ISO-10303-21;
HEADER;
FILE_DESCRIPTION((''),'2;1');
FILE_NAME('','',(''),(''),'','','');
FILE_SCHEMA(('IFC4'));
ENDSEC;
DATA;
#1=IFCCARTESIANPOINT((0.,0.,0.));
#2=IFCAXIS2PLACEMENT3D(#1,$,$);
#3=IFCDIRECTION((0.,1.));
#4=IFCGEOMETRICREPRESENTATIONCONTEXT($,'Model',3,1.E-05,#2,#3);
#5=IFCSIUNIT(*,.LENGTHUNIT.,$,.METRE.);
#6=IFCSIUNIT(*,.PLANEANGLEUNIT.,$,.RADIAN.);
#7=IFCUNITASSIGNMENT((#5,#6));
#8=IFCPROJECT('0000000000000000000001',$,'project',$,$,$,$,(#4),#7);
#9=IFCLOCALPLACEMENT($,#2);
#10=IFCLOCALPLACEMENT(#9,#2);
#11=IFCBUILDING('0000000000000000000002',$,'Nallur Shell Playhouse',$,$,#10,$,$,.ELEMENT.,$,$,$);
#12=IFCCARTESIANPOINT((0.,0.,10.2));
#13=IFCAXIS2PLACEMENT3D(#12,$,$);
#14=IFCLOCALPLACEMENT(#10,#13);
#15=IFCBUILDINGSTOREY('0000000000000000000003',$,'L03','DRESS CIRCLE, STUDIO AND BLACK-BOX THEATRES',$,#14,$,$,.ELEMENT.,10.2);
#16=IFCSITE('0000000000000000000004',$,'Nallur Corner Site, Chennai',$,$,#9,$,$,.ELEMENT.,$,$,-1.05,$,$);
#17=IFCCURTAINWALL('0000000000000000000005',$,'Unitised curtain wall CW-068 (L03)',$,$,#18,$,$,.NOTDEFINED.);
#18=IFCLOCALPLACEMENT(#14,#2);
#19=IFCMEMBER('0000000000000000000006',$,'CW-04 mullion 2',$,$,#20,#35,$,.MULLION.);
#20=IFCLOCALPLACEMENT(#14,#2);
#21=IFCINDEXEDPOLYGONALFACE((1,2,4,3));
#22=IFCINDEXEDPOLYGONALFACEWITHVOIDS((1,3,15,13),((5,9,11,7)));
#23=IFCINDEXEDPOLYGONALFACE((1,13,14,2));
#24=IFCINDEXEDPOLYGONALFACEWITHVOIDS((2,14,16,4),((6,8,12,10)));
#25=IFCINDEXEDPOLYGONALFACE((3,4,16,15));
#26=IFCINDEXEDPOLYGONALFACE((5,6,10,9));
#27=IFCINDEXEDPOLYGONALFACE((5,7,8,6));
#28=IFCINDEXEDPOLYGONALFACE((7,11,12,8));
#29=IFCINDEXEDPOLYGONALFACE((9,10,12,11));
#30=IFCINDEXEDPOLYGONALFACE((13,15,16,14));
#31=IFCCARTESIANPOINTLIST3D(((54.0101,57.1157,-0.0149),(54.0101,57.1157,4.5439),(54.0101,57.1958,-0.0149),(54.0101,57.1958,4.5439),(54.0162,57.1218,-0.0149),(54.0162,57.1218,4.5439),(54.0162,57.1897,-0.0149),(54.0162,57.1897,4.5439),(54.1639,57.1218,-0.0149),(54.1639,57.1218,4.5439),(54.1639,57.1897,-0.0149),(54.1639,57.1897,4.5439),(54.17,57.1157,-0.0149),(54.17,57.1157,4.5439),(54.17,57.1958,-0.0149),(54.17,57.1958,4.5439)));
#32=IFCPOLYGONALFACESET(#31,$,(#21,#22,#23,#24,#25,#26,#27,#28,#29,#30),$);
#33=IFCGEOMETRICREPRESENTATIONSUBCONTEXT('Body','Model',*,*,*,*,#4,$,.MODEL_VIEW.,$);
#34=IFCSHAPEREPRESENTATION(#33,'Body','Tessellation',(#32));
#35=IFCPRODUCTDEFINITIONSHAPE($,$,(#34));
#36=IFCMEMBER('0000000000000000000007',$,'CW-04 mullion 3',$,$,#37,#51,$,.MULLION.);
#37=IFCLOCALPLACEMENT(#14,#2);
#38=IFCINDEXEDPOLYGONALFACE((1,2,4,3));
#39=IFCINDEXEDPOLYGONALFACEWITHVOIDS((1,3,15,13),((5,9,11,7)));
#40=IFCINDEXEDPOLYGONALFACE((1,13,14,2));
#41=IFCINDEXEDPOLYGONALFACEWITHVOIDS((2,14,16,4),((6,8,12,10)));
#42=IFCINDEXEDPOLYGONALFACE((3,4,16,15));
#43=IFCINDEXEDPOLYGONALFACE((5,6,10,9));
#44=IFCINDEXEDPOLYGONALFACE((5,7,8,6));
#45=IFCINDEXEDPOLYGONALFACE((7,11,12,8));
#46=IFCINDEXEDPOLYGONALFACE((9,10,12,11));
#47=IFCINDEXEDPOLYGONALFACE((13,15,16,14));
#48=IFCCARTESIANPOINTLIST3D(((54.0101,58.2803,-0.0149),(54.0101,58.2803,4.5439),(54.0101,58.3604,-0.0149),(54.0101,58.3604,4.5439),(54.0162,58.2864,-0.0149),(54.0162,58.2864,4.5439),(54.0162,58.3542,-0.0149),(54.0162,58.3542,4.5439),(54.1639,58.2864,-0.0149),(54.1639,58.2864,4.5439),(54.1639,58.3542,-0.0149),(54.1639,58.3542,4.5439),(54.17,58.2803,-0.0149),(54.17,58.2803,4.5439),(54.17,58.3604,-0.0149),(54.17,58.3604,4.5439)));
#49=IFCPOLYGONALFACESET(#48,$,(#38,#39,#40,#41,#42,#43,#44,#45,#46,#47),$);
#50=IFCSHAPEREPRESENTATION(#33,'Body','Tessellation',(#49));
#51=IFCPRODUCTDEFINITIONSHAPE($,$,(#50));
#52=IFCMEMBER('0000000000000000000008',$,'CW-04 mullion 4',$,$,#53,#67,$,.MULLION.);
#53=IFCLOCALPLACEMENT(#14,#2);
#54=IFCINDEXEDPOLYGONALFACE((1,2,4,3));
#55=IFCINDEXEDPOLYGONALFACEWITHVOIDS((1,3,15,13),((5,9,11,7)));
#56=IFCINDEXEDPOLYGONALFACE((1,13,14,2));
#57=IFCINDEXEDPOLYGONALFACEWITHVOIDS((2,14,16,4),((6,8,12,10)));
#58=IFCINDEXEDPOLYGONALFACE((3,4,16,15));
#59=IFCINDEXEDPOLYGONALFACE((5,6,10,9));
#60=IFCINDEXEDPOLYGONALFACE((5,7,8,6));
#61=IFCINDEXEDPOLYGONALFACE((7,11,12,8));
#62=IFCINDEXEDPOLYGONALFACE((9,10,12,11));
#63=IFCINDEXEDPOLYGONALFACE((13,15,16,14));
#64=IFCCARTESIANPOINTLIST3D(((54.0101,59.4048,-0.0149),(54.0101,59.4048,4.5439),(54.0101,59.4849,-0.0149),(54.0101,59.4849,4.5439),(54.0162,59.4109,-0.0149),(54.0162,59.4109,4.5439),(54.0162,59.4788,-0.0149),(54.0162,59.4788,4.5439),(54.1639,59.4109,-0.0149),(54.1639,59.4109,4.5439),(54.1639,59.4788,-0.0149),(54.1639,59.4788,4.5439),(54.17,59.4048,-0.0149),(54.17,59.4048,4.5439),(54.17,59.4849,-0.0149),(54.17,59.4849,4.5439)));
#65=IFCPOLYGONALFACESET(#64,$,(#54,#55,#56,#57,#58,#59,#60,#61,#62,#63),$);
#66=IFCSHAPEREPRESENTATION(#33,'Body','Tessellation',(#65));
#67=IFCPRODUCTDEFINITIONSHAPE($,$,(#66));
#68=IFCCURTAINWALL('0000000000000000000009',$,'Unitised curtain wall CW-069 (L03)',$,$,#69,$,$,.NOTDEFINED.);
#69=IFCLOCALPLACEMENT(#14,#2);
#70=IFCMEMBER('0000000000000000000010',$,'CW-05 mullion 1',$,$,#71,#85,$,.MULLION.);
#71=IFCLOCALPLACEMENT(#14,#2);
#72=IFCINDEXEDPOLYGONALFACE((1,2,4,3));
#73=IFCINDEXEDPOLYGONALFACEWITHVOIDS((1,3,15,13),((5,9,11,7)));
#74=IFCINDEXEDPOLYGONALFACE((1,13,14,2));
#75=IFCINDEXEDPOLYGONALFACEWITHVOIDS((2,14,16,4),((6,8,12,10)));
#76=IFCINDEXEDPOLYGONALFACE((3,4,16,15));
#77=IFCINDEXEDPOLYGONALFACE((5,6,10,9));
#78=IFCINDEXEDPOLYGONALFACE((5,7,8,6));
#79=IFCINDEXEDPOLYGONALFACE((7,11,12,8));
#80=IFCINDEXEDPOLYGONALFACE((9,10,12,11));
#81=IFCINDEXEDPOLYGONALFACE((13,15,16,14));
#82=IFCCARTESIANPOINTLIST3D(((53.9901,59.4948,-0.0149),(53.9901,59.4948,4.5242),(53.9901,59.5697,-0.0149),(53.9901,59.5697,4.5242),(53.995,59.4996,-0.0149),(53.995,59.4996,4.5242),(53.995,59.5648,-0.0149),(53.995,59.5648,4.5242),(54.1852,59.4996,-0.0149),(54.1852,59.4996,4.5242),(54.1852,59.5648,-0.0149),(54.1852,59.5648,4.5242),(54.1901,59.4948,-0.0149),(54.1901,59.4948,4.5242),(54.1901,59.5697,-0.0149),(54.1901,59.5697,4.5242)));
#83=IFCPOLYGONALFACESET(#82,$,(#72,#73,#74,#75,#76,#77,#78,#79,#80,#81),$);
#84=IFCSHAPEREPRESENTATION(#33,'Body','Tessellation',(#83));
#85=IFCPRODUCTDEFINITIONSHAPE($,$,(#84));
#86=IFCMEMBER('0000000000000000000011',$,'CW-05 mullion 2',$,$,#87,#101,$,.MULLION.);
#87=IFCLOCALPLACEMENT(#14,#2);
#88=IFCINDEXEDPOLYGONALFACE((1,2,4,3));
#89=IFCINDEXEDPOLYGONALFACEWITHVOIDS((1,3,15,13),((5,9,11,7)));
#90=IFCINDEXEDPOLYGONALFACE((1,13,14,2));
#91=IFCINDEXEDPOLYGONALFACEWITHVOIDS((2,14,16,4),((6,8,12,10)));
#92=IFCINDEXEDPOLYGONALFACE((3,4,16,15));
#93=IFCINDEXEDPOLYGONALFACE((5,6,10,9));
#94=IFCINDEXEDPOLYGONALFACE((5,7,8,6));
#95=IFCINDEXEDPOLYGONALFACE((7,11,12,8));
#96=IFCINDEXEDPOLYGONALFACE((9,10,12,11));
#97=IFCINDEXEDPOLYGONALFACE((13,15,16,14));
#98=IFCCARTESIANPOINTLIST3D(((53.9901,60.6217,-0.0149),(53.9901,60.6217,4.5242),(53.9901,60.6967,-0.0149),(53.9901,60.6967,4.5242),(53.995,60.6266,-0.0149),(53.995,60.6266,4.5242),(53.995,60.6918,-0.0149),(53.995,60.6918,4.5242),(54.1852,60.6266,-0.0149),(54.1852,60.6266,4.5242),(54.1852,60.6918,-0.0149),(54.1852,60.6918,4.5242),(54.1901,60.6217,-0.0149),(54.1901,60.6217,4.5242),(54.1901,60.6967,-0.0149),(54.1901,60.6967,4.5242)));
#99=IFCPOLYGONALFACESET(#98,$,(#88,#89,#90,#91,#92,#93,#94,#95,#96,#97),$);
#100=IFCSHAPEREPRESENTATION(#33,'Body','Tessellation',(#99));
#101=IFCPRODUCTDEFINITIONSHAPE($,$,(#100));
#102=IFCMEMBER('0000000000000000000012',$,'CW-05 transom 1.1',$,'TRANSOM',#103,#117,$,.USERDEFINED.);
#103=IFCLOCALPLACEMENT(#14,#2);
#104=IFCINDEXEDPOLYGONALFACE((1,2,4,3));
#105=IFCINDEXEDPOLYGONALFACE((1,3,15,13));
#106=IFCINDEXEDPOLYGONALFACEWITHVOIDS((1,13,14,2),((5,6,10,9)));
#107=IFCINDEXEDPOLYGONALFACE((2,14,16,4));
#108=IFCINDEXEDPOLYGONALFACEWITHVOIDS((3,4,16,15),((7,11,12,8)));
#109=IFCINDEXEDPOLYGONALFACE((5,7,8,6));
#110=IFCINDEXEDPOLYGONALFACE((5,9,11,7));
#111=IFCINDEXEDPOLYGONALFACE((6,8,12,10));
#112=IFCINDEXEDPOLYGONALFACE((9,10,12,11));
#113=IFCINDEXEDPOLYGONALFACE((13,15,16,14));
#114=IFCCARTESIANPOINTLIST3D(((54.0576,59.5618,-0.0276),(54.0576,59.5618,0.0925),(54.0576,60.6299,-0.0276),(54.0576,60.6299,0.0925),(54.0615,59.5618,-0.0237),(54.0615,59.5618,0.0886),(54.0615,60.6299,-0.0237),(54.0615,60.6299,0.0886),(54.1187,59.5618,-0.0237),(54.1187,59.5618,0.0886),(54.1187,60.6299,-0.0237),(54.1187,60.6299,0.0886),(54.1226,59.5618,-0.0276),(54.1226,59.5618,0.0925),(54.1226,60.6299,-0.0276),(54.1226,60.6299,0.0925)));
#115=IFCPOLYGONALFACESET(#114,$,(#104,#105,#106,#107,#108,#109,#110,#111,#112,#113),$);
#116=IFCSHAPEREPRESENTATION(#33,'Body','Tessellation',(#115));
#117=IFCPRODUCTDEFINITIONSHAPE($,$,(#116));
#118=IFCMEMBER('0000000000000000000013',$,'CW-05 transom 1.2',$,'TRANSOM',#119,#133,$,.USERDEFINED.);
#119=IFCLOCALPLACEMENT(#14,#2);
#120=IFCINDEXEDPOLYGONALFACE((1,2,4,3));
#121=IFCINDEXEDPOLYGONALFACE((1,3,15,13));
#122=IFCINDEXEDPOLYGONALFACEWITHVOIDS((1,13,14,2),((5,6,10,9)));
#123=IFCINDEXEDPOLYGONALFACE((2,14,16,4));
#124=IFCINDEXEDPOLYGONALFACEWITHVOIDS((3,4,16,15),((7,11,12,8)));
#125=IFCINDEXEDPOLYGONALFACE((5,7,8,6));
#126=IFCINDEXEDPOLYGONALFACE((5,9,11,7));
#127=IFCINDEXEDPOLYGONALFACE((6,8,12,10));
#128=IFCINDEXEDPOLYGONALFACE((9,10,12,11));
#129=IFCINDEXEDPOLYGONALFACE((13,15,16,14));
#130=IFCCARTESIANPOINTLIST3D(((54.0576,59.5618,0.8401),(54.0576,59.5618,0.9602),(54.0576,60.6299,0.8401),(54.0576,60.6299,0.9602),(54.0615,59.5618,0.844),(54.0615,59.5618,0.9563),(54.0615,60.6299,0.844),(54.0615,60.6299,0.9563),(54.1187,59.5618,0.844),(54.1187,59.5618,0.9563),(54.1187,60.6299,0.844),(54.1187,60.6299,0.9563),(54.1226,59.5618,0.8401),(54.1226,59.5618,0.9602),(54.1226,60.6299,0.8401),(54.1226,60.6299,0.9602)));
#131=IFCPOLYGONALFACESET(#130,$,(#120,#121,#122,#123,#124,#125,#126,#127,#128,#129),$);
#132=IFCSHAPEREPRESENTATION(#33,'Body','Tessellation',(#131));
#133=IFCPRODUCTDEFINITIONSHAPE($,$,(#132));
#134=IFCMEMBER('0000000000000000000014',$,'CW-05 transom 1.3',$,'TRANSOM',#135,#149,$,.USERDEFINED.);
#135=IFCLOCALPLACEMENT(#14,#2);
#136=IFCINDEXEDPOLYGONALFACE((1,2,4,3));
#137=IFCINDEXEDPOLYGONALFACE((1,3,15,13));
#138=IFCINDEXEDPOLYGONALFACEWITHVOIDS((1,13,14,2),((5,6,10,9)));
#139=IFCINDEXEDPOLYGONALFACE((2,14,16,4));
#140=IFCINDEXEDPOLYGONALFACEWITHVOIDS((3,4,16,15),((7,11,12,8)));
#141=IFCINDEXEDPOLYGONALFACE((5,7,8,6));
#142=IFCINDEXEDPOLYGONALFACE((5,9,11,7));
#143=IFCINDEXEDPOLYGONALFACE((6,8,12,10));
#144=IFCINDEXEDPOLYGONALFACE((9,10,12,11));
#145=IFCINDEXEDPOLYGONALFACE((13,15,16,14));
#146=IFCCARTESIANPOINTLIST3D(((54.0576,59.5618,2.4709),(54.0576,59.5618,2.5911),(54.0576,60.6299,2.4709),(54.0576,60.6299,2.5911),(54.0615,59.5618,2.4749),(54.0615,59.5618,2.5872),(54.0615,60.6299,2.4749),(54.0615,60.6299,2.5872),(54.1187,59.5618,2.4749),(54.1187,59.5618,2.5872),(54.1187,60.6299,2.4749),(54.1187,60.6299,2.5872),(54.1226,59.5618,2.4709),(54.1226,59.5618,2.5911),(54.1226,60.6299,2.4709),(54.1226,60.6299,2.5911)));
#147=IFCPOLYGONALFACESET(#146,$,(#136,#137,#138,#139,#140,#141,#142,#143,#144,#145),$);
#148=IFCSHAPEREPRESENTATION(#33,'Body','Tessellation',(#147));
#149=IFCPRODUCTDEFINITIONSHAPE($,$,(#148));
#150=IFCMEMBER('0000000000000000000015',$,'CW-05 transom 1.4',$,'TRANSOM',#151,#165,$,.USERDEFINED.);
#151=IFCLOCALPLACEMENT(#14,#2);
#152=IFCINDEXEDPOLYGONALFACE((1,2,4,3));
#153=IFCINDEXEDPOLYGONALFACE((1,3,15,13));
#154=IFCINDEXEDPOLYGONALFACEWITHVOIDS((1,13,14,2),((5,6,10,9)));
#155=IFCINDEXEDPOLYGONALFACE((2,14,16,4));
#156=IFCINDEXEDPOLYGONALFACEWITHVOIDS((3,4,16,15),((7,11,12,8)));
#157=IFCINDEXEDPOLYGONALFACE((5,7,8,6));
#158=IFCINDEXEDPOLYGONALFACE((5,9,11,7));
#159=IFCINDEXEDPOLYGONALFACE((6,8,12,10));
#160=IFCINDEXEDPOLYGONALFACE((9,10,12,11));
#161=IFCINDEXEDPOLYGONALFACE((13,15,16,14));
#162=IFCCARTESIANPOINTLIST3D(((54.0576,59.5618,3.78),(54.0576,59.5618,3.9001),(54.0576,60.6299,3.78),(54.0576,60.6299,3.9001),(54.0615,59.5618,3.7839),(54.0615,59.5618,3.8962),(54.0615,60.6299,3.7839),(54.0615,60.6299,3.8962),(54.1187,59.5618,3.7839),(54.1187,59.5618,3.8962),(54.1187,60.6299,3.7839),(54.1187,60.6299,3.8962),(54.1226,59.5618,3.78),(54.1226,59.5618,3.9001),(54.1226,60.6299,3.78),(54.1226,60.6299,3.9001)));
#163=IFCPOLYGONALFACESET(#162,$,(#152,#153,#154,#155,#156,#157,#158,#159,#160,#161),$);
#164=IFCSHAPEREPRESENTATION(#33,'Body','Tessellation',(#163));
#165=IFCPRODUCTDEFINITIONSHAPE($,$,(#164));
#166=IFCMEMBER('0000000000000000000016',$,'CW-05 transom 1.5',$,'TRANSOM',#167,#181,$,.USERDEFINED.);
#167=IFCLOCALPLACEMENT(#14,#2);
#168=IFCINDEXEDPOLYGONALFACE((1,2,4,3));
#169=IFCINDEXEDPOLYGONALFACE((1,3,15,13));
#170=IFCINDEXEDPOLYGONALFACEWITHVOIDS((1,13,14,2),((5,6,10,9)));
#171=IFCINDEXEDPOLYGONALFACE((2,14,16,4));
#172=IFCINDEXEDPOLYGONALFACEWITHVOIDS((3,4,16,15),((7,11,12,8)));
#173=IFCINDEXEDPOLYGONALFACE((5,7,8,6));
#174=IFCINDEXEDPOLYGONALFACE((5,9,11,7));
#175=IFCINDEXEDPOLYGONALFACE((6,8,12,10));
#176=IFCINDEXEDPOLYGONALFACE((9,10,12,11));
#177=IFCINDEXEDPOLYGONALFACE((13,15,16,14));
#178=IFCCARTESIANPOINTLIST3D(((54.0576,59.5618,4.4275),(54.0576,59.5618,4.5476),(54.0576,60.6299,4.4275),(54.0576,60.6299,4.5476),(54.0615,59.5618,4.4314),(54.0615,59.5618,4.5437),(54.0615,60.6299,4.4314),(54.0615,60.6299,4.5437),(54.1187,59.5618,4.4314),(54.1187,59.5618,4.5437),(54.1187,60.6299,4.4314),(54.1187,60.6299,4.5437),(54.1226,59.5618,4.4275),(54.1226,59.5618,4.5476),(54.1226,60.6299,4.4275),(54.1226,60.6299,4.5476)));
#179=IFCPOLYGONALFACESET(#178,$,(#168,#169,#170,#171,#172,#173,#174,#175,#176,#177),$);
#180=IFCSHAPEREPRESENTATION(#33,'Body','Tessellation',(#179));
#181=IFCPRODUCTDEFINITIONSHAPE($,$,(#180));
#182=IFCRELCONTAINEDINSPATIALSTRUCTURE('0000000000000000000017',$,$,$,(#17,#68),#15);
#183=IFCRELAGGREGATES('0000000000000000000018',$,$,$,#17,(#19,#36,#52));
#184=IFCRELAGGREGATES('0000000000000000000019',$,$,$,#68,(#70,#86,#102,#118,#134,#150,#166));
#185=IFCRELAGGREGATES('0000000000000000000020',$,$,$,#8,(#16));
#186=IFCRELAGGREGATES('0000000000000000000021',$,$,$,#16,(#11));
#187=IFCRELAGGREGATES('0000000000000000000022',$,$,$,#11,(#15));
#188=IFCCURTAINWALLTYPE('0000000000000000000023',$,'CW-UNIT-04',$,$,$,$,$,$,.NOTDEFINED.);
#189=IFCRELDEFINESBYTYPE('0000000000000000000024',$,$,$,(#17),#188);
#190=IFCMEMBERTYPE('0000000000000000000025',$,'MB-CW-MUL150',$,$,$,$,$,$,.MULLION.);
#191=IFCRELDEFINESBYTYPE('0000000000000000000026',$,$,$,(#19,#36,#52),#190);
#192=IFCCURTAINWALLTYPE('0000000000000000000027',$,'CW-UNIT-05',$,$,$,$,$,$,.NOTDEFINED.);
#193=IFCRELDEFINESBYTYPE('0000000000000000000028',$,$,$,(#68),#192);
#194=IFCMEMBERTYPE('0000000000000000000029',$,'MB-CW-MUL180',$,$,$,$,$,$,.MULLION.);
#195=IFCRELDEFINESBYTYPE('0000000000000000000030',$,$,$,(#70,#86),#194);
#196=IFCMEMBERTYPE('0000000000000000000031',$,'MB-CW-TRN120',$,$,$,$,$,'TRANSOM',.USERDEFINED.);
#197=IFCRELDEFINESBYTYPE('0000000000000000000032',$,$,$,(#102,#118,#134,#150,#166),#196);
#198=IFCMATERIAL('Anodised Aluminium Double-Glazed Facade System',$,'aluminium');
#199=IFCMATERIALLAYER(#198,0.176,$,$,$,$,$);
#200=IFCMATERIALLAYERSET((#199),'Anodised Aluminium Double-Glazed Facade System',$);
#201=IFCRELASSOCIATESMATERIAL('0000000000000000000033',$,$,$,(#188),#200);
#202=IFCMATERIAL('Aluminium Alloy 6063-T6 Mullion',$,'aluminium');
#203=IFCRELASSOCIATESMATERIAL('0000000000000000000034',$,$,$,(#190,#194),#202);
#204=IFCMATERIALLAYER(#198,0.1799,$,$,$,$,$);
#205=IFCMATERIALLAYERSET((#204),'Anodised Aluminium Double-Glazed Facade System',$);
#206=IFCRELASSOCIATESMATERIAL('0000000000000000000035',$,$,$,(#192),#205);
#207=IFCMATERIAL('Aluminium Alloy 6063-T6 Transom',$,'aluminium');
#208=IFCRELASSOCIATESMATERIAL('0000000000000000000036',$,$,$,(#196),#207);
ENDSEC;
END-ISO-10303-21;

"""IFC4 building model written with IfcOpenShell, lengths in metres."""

from ifc_helpers import new_model, si_unit, direction, frame, origin, origin_2d, place, context, subcontext, project, spatial, hollow_rectangle, extrude, material, layer, layer_set, material_profile, profile_set, type_object, element, aggregate, save


model = new_model("IFC4")

# Units and contexts
model_context = context("Model", 3, precision=1e-05, world=origin(), true_north=direction((0.0, 1.0)))
body_context = subcontext(model_context, "Body", "Model", "MODEL_VIEW")
ifc_project = project(units=[si_unit("LENGTHUNIT", "METRE"), si_unit("PLANEANGLEUNIT", "RADIAN")], contexts=[model_context])

# Site, building, storey
site_placement = place(None, origin())
site = spatial("IfcSite", under=ifc_project, at=site_placement, Name="Nallur Corner Site, Chennai", CompositionType="ELEMENT", RefElevation=-1.05)
building_placement = place(site_placement, origin())
building = spatial("IfcBuilding", under=site, at=building_placement, Name="Nallur Shell Playhouse", CompositionType="ELEMENT")
storey_placement = place(building_placement, frame((0.0, 0.0, 10.2)))
storey = spatial("IfcBuildingStorey", under=building, at=storey_placement, Name="L03", Description="DRESS CIRCLE, STUDIO AND BLACK-BOX THEATRES", CompositionType="ELEMENT", Elevation=10.2)

# Curtain walls, members
ifc_material_1 = material(Name="Anodised Aluminium Double-Glazed Facade System", Category="aluminium")
ifc_layer_1 = layer(ifc_material_1, 0.176)
ifc_layer_set_1 = layer_set([ifc_layer_1], Name="Anodised Aluminium Double-Glazed Facade System")
curtain_wall_type_1 = type_object("IfcCurtainWallType", Name="CW-UNIT-04", PredefinedType="NOTDEFINED", material=ifc_layer_set_1)
curtain_wall_1_placement = place(storey_placement, origin())
curtain_wall_1 = element("IfcCurtainWall", 1, at=curtain_wall_1_placement, inside=storey, type_object=curtain_wall_type_1, Name="Unitised curtain wall CW-068 (L03)", PredefinedType="NOTDEFINED")
ifc_material_2 = material(Name="Aluminium Alloy 6063-T6 Mullion", Category="aluminium")
ifc_material_profile_1 = material_profile(ifc_material_2, hollow_rectangle(XDim=0.0801, YDim=0.1599, WallThickness=0.0061, at=origin_2d()), Name="RHS 160x80x6")
ifc_profile_set_1 = profile_set([ifc_material_profile_1], Name="Aluminium Alloy 6063-T6 Mullion")
member_type_1 = type_object("IfcMemberType", Name="MB-CW-MUL150", PredefinedType="MULLION", material=ifc_profile_set_1)
member_1_placement = place(storey_placement, frame((54.0901, 57.1558, -0.0149), z_axis=(0.0, 0.0, 1.0), x_axis=(0.0, 1.0, 0.0)))
member_1 = element("IfcMember", 2, at=member_1_placement, type_object=member_type_1, Name="CW-04 mullion 2", PredefinedType="MULLION", context=body_context, shape_type="SweptSolid", body=[
    extrude(hollow_rectangle(XDim=0.0801, YDim=0.1599, WallThickness=0.0061, at=origin_2d()), origin(), (0.0, 0.0, 1.0), 4.5588),
])
member_2_placement = place(storey_placement, frame((54.0901, 58.3203, -0.0149), z_axis=(0.0, 0.0, 1.0), x_axis=(0.0, 1.0, 0.0)))
member_2 = element("IfcMember", 3, at=member_2_placement, type_object=member_type_1, Name="CW-04 mullion 3", PredefinedType="MULLION", context=body_context, shape_type="SweptSolid", body=[
    extrude(hollow_rectangle(XDim=0.0801, YDim=0.1599, WallThickness=0.0061, at=origin_2d()), origin(), (0.0, 0.0, 1.0), 4.5588),
])
member_3_placement = place(storey_placement, frame((54.0901, 59.4448, -0.0149), z_axis=(0.0, 0.0, 1.0), x_axis=(0.0, 1.0, 0.0)))
member_3 = element("IfcMember", 4, at=member_3_placement, type_object=member_type_1, Name="CW-04 mullion 4", PredefinedType="MULLION", context=body_context, shape_type="SweptSolid", body=[
    extrude(hollow_rectangle(XDim=0.0801, YDim=0.1599, WallThickness=0.0061, at=origin_2d()), origin(), (0.0, 0.0, 1.0), 4.5588),
])
ifc_layer_2 = layer(ifc_material_1, 0.1799)
ifc_layer_set_2 = layer_set([ifc_layer_2], Name="Anodised Aluminium Double-Glazed Facade System")
curtain_wall_type_2 = type_object("IfcCurtainWallType", Name="CW-UNIT-05", PredefinedType="NOTDEFINED", material=ifc_layer_set_2)
curtain_wall_2_placement = place(storey_placement, origin())
curtain_wall_2 = element("IfcCurtainWall", 5, at=curtain_wall_2_placement, inside=storey, type_object=curtain_wall_type_2, Name="Unitised curtain wall CW-069 (L03)", PredefinedType="NOTDEFINED")
ifc_material_profile_2 = material_profile(ifc_material_2, hollow_rectangle(XDim=0.075, YDim=0.2, WallThickness=0.0049, at=origin_2d()), Name="ALU 75x200x5")
ifc_profile_set_2 = profile_set([ifc_material_profile_2], Name="Aluminium Alloy 6063-T6 Mullion")
member_type_2 = type_object("IfcMemberType", Name="MB-CW-MUL180", PredefinedType="MULLION", material=ifc_profile_set_2)
member_4_placement = place(storey_placement, frame((54.0901, 59.5322, -0.0149), z_axis=(0.0, 0.0, 1.0), x_axis=(0.0, 1.0, 0.0)))
member_4 = element("IfcMember", 6, at=member_4_placement, type_object=member_type_2, Name="CW-05 mullion 1", PredefinedType="MULLION", context=body_context, shape_type="SweptSolid", body=[
    extrude(hollow_rectangle(XDim=0.075, YDim=0.2, WallThickness=0.0049, at=origin_2d()), origin(), (0.0, 0.0, 1.0), 4.5391),
])
member_5_placement = place(storey_placement, frame((54.0901, 60.6592, -0.0149), z_axis=(0.0, 0.0, 1.0), x_axis=(0.0, 1.0, 0.0)))
member_5 = element("IfcMember", 7, at=member_5_placement, type_object=member_type_2, Name="CW-05 mullion 2", PredefinedType="MULLION", context=body_context, shape_type="SweptSolid", body=[
    extrude(hollow_rectangle(XDim=0.075, YDim=0.2, WallThickness=0.0049, at=origin_2d()), origin(), (0.0, 0.0, 1.0), 4.5391),
])
ifc_material_3 = material(Name="Aluminium Alloy 6063-T6 Transom", Category="aluminium")
ifc_material_profile_3 = material_profile(ifc_material_3, hollow_rectangle(XDim=0.0649, YDim=0.1201, WallThickness=0.0039, at=origin_2d()), Name="ALU 65x120x4")
ifc_profile_set_3 = profile_set([ifc_material_profile_3], Name="Aluminium Alloy 6063-T6 Transom")
member_type_3 = type_object("IfcMemberType", Name="MB-CW-TRN120", ElementType="TRANSOM", PredefinedType="USERDEFINED", material=ifc_profile_set_3)
member_6_placement = place(storey_placement, frame((54.0901, 59.5618, 0.0325), z_axis=(0.0, 1.0, 0.0), x_axis=(-1.0, 0.0, 0.0)))
member_6 = element("IfcMember", 8, at=member_6_placement, type_object=member_type_3, Name="CW-05 transom 1.1", ObjectType="TRANSOM", PredefinedType="USERDEFINED", context=body_context, shape_type="SweptSolid", body=[
    extrude(hollow_rectangle(XDim=0.0649, YDim=0.1201, WallThickness=0.0039, at=origin_2d()), origin(), (0.0, 0.0, 1.0), 1.0681),
])
member_7_placement = place(storey_placement, frame((54.0901, 59.5618, 0.9001), z_axis=(0.0, 1.0, 0.0), x_axis=(-1.0, 0.0, 0.0)))
member_7 = element("IfcMember", 9, at=member_7_placement, type_object=member_type_3, Name="CW-05 transom 1.2", ObjectType="TRANSOM", PredefinedType="USERDEFINED", context=body_context, shape_type="SweptSolid", body=[
    extrude(hollow_rectangle(XDim=0.0649, YDim=0.1201, WallThickness=0.0039, at=origin_2d()), origin(), (0.0, 0.0, 1.0), 1.0681),
])
member_8_placement = place(storey_placement, frame((54.0901, 59.5618, 2.531), z_axis=(0.0, 1.0, 0.0), x_axis=(-1.0, 0.0, 0.0)))
member_8 = element("IfcMember", 10, at=member_8_placement, type_object=member_type_3, Name="CW-05 transom 1.3", ObjectType="TRANSOM", PredefinedType="USERDEFINED", context=body_context, shape_type="SweptSolid", body=[
    extrude(hollow_rectangle(XDim=0.0649, YDim=0.1201, WallThickness=0.0039, at=origin_2d()), origin(), (0.0, 0.0, 1.0), 1.0681),
])
member_9_placement = place(storey_placement, frame((54.0901, 59.5618, 3.8401), z_axis=(0.0, 1.0, 0.0), x_axis=(-1.0, 0.0, 0.0)))
member_9 = element("IfcMember", 11, at=member_9_placement, type_object=member_type_3, Name="CW-05 transom 1.4", ObjectType="TRANSOM", PredefinedType="USERDEFINED", context=body_context, shape_type="SweptSolid", body=[
    extrude(hollow_rectangle(XDim=0.0649, YDim=0.1201, WallThickness=0.0039, at=origin_2d()), origin(), (0.0, 0.0, 1.0), 1.0681),
])
member_10_placement = place(storey_placement, frame((54.0901, 59.5618, 4.4875), z_axis=(0.0, 1.0, 0.0), x_axis=(-1.0, 0.0, 0.0)))
member_10 = element("IfcMember", 12, at=member_10_placement, type_object=member_type_3, Name="CW-05 transom 1.5", ObjectType="TRANSOM", PredefinedType="USERDEFINED", context=body_context, shape_type="SweptSolid", body=[
    extrude(hollow_rectangle(XDim=0.0649, YDim=0.1201, WallThickness=0.0039, at=origin_2d()), origin(), (0.0, 0.0, 1.0), 1.0681),
])

aggregate(curtain_wall_1, [member_1, member_2, member_3])
aggregate(curtain_wall_2, [member_4, member_5, member_6, member_7, member_8, member_9, member_10])

save(model, "model.ifc")
